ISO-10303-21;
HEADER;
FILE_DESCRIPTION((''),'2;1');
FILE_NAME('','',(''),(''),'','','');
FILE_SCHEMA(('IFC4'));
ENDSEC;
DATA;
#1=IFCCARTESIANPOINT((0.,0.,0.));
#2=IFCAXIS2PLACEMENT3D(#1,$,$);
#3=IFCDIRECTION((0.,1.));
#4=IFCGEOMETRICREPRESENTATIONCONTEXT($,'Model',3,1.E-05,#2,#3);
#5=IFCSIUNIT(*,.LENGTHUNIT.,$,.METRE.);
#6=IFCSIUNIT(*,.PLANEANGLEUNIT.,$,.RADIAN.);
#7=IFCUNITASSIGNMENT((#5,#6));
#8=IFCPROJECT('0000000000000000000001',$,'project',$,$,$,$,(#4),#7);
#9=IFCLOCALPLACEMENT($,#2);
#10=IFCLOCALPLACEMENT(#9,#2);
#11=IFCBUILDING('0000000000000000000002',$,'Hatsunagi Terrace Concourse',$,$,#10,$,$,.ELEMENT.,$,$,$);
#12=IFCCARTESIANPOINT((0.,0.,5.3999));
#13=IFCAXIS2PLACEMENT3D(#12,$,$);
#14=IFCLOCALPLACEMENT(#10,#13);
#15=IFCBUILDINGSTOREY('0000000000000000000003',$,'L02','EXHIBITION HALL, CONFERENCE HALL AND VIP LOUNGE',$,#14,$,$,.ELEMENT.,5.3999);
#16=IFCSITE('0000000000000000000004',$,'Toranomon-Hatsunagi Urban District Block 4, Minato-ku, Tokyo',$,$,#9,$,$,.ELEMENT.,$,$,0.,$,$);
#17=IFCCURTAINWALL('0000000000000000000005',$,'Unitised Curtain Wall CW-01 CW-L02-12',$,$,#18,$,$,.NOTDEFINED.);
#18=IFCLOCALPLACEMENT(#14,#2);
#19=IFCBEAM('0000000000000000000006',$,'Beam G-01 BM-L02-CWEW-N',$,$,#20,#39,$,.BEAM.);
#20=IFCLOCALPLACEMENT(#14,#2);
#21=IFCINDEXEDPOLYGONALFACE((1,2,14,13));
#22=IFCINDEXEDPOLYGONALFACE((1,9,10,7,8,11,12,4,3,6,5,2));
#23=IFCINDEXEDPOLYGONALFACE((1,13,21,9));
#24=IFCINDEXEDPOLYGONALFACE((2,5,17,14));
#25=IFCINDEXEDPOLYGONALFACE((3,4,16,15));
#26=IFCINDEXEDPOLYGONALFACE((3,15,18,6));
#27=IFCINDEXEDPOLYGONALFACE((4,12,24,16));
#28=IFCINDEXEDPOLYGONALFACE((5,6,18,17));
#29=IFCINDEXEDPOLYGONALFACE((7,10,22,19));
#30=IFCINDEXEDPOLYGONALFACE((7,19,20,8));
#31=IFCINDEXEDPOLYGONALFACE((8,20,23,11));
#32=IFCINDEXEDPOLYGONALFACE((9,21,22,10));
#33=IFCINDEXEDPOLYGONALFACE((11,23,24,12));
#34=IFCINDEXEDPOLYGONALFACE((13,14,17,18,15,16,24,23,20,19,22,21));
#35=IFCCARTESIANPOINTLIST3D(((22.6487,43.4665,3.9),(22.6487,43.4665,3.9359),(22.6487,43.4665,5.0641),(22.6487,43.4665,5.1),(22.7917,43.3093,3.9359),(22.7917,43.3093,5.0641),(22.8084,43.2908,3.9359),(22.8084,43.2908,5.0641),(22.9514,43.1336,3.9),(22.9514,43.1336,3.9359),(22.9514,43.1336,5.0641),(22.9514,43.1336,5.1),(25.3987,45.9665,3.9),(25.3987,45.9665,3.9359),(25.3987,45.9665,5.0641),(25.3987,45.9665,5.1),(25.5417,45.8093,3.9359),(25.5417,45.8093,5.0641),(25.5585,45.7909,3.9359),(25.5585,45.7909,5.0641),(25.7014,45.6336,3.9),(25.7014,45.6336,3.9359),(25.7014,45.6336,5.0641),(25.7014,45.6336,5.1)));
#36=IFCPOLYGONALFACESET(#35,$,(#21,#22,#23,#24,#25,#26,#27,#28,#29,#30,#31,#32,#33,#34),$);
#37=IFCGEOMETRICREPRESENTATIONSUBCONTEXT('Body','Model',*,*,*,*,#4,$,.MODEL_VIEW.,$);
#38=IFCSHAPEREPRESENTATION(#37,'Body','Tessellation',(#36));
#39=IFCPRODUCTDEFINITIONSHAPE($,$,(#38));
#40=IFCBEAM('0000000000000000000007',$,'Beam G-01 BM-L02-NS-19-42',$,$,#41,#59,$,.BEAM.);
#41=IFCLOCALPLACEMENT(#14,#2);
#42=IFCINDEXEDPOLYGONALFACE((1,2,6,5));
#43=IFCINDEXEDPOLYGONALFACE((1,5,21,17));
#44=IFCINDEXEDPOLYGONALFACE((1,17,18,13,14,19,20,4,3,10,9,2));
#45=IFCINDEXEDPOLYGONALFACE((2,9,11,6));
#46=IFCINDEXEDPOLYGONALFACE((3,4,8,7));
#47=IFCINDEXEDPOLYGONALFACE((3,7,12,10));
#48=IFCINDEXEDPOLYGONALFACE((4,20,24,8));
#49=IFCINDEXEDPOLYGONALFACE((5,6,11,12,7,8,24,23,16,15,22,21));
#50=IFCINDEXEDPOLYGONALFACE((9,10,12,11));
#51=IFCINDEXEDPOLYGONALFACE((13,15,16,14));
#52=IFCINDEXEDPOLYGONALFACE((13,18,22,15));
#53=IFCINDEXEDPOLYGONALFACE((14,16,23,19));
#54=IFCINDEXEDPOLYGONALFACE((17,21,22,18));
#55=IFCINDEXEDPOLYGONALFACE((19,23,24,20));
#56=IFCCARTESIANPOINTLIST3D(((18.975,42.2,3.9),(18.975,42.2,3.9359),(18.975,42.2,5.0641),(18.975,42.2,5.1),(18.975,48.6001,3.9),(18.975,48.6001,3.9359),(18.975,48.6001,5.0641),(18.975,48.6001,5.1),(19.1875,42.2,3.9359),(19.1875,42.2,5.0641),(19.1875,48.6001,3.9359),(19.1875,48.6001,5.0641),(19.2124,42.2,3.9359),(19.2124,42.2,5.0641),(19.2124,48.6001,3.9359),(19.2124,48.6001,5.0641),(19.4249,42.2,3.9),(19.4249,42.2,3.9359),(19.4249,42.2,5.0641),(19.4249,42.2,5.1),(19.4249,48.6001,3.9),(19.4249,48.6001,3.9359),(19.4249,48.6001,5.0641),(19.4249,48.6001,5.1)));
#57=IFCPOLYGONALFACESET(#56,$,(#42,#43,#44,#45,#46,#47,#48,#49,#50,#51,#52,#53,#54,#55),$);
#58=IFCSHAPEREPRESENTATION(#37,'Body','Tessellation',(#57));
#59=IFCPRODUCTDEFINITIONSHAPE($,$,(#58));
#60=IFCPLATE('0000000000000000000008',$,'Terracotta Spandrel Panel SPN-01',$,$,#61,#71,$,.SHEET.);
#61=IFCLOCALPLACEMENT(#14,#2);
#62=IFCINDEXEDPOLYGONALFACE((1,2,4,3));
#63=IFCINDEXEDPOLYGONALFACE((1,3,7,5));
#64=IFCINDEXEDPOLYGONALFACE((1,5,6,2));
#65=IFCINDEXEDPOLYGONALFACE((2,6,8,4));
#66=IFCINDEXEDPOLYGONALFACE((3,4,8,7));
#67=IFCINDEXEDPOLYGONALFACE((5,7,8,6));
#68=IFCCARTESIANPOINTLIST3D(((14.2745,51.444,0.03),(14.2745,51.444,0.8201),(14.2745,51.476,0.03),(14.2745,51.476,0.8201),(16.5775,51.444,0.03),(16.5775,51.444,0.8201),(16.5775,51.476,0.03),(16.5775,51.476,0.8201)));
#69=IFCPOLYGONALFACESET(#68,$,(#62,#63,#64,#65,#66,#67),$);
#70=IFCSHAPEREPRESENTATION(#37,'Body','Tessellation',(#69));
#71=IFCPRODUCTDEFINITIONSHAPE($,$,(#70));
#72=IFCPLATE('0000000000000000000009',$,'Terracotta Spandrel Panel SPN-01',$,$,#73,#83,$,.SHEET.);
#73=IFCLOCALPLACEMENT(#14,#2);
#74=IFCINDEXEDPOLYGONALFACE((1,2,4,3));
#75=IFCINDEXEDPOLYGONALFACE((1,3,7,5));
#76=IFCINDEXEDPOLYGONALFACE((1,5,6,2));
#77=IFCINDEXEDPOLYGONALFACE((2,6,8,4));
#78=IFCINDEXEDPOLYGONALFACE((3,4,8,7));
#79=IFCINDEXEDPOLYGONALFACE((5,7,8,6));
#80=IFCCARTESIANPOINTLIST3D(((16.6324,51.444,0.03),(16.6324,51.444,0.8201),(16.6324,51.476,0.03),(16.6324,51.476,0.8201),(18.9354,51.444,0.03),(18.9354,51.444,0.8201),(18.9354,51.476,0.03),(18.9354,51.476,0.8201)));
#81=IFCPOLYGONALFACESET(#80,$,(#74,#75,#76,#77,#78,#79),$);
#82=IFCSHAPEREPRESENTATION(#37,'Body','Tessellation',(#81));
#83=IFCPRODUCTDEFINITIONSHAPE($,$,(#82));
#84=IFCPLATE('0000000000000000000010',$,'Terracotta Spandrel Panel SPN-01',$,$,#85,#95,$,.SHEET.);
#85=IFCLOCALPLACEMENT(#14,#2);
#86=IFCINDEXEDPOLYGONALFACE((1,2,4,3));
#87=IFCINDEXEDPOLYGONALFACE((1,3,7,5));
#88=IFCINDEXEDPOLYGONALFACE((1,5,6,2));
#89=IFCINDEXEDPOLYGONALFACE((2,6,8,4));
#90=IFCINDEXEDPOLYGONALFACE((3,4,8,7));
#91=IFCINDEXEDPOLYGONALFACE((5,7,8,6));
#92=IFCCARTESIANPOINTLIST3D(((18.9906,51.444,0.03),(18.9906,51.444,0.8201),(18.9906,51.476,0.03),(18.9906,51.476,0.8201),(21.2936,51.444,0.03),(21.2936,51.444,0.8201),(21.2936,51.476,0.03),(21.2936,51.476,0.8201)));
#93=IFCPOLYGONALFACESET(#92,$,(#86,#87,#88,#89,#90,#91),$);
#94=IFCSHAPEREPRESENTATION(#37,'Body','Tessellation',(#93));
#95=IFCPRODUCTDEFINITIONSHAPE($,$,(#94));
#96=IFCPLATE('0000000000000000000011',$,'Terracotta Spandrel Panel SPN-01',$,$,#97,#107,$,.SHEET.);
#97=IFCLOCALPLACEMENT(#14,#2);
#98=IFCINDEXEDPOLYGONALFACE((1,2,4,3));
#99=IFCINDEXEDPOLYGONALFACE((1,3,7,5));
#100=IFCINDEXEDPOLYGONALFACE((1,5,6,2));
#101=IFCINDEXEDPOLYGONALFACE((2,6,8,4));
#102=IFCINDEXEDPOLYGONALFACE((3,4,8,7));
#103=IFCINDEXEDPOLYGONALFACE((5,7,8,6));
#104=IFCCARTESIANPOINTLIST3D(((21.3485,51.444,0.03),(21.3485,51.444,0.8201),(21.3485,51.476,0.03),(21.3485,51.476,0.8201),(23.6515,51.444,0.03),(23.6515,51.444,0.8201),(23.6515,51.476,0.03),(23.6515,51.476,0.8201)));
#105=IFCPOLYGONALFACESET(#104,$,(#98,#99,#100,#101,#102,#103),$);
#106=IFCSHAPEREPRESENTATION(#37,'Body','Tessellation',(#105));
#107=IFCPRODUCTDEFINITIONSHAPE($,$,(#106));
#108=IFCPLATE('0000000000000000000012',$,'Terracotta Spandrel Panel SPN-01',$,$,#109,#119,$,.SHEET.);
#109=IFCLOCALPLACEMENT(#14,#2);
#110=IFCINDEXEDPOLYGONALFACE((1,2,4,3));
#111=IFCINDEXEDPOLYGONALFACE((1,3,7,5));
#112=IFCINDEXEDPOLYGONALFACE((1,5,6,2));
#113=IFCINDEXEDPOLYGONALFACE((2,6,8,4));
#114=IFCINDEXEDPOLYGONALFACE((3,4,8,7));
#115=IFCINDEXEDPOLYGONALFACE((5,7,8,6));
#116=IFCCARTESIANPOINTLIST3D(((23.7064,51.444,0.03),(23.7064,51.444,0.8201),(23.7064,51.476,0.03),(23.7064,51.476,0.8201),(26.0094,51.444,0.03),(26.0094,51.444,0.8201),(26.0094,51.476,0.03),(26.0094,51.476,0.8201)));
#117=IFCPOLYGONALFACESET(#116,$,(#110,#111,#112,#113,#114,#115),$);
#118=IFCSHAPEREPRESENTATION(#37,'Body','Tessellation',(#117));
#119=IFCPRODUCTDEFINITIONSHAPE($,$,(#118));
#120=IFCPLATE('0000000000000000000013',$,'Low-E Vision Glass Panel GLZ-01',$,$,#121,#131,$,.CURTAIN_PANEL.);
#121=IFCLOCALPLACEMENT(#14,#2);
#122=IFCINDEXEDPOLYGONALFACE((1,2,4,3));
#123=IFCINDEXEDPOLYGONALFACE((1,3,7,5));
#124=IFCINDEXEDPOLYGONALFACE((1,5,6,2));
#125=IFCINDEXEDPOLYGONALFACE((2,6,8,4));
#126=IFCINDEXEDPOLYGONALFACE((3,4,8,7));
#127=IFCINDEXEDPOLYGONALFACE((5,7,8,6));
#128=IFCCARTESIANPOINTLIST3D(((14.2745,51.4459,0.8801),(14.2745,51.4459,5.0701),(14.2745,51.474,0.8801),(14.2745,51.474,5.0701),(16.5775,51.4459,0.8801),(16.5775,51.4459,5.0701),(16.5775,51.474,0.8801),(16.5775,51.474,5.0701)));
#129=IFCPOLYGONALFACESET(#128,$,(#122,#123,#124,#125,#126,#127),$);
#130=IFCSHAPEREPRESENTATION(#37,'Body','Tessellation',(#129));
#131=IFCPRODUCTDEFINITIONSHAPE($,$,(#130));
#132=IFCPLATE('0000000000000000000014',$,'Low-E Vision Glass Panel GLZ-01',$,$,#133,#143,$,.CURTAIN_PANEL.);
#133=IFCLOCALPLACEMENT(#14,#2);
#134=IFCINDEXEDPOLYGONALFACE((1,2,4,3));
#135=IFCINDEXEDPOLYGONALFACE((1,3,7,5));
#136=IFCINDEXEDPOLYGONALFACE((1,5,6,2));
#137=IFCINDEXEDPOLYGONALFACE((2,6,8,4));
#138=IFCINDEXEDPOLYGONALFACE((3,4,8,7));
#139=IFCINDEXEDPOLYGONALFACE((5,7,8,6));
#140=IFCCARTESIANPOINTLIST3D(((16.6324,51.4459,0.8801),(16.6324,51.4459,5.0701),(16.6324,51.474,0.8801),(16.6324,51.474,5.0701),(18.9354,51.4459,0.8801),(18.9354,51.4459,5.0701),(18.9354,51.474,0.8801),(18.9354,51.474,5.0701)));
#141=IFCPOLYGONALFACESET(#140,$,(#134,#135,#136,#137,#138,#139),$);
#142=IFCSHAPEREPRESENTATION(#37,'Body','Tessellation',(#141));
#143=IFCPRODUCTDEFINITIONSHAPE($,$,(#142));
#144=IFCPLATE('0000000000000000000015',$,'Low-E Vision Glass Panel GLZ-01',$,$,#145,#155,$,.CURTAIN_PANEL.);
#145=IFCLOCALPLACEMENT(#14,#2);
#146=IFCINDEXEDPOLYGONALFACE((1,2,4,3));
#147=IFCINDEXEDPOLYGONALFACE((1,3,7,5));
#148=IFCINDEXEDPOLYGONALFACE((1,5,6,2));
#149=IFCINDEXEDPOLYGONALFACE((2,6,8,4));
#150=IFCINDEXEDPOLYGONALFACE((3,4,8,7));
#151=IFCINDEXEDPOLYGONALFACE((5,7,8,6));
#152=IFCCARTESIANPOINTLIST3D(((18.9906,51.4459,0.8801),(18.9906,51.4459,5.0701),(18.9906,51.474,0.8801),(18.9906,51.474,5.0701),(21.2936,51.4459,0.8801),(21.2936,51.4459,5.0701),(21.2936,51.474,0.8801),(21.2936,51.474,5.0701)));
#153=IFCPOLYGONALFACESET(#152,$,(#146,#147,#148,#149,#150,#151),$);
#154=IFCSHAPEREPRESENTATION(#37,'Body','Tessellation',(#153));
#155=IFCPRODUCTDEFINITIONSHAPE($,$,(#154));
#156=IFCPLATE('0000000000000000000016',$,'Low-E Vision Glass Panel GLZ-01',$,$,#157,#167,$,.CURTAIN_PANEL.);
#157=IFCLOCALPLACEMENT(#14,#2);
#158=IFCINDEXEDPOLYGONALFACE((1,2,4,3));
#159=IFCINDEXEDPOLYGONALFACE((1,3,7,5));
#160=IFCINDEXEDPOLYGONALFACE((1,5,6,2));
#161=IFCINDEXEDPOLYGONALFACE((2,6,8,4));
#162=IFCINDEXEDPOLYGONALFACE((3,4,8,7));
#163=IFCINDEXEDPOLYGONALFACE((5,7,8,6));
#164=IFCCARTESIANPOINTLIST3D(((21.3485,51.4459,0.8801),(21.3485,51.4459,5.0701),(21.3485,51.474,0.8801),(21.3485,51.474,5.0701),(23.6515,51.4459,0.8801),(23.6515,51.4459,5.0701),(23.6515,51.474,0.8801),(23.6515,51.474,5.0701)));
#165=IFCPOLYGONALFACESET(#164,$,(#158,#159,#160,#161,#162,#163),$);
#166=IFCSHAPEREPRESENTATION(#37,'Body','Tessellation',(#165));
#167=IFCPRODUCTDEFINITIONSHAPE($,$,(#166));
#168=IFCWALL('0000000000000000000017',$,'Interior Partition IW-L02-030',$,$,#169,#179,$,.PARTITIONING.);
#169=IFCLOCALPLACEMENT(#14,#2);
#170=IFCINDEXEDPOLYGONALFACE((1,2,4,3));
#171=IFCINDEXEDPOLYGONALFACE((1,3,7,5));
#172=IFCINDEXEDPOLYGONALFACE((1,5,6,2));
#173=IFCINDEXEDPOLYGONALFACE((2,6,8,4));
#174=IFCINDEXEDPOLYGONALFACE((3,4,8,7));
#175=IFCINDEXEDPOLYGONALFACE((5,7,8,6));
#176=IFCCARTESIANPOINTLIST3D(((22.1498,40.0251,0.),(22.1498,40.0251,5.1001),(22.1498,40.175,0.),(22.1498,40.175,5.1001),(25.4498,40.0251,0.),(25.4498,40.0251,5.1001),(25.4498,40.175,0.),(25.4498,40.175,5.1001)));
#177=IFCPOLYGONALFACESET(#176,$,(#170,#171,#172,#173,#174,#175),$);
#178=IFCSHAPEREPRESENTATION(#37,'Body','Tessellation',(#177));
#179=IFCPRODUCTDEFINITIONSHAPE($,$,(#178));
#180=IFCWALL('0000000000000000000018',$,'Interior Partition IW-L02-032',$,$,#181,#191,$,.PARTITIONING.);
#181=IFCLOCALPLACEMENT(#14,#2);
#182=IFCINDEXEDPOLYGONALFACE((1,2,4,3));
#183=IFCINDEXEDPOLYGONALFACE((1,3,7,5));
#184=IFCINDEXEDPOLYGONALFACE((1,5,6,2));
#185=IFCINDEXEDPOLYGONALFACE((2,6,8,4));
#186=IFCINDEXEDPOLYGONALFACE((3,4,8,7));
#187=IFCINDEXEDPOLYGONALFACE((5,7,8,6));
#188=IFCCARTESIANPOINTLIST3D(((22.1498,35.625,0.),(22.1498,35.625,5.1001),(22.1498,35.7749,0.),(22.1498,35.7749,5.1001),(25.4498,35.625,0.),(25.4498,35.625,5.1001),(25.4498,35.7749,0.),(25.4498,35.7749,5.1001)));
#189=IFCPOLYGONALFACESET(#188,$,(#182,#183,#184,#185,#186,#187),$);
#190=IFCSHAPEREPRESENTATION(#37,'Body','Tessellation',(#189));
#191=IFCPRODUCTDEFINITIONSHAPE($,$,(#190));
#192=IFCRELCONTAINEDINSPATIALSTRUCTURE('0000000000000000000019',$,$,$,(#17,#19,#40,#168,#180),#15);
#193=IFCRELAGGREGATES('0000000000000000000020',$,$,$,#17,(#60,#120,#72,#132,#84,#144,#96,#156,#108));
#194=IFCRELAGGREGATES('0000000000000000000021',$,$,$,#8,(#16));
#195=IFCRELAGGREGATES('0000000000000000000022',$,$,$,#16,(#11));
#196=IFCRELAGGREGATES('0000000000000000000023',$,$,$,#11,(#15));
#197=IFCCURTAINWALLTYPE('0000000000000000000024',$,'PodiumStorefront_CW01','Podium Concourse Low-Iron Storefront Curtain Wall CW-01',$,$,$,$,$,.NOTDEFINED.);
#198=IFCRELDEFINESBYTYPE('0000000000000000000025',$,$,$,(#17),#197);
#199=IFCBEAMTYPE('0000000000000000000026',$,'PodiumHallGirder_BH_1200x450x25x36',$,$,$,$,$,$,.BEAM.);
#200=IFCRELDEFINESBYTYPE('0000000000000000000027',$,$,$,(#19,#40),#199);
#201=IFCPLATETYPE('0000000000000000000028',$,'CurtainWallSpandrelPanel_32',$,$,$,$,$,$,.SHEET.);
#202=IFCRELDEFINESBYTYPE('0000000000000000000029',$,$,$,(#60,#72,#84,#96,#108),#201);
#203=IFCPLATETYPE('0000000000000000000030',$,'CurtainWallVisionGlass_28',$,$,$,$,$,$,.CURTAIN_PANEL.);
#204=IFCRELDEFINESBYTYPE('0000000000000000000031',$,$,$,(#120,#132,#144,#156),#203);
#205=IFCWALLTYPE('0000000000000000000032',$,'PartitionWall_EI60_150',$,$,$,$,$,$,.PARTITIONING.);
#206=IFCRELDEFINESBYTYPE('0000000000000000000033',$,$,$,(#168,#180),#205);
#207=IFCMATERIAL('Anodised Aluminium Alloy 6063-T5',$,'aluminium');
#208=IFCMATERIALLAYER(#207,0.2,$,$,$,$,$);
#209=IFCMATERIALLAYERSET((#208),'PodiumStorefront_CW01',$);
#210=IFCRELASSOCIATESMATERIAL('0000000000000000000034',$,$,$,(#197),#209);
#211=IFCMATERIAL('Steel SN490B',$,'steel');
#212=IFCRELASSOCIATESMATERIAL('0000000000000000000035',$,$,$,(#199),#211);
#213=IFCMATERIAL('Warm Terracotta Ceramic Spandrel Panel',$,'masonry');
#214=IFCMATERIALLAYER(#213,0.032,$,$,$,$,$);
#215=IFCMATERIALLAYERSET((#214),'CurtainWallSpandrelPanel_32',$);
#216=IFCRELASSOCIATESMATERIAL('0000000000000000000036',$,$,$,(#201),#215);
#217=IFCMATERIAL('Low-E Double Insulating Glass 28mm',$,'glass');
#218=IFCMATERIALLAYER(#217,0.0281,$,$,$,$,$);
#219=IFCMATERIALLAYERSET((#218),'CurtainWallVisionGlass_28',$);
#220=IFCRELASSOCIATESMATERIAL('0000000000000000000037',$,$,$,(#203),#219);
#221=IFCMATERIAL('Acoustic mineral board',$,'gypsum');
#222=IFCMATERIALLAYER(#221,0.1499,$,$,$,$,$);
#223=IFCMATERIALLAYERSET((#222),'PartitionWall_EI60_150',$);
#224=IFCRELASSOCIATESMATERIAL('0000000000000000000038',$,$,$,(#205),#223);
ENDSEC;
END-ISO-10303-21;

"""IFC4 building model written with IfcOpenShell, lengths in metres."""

from ifc_helpers import new_model, si_unit, direction, frame, frame_2d, origin, origin_2d, place, context, subcontext, project, spatial, rectangle, i_section, extrude, material, layer, layer_set, material_profile, profile_set, type_object, element, aggregate, save


model = new_model("IFC4")

# Units and contexts
model_context = context("Model", 3, precision=1e-05, world=origin(), true_north=direction((0.0, 1.0)))
body_context = subcontext(model_context, "Body", "Model", "MODEL_VIEW")
ifc_project = project(units=[si_unit("LENGTHUNIT", "METRE"), si_unit("PLANEANGLEUNIT", "RADIAN")], contexts=[model_context])

# Site, building, storey
site_placement = place(None, origin())
site = spatial("IfcSite", under=ifc_project, at=site_placement, Name="Toranomon-Hatsunagi Urban District Block 4, Minato-ku, Tokyo", CompositionType="ELEMENT", RefElevation=0.0)
building_placement = place(site_placement, origin())
building = spatial("IfcBuilding", under=site, at=building_placement, Name="Hatsunagi Terrace Concourse", CompositionType="ELEMENT")
storey_placement = place(building_placement, frame((0.0, 0.0, 5.3999)))
storey = spatial("IfcBuildingStorey", under=building, at=storey_placement, Name="L02", Description="EXHIBITION HALL, CONFERENCE HALL AND VIP LOUNGE", CompositionType="ELEMENT", Elevation=5.3999)

# Curtain wall
ifc_material_1 = material(Name="Anodised Aluminium Alloy 6063-T5", Category="aluminium")
ifc_layer_1 = layer(ifc_material_1, 0.2)
ifc_layer_set_1 = layer_set([ifc_layer_1], Name="PodiumStorefront_CW01")
curtain_wall_type = type_object("IfcCurtainWallType", Name="PodiumStorefront_CW01", Description="Podium Concourse Low-Iron Storefront Curtain Wall CW-01", PredefinedType="NOTDEFINED", material=ifc_layer_set_1)
curtain_wall_placement = place(storey_placement, origin())
curtain_wall = element("IfcCurtainWall", 1, at=curtain_wall_placement, inside=storey, type_object=curtain_wall_type, Name="Unitised Curtain Wall CW-01 CW-L02-12", PredefinedType="NOTDEFINED")

# Beams
ifc_material_2 = material(Name="Steel SN490B", Category="steel")
ifc_material_profile_1 = material_profile(ifc_material_2, i_section(OverallWidth=0.45, OverallDepth=1.2, WebThickness=0.0249, FlangeThickness=0.0359, at=origin_2d()), Name="BH-1200x450x25x36")
ifc_profile_set_1 = profile_set([ifc_material_profile_1], Name="Steel SN490B")
beam_type_1 = type_object("IfcBeamType", Name="PodiumHallGirder_BH_1200x450x25x36", PredefinedType="BEAM", material=ifc_profile_set_1)
beam_1_placement = place(storey_placement, frame((22.8, 43.3, 4.5), z_axis=(0.73994, 0.672673, 0.0), x_axis=(-0.672673, 0.73994, 0.0)))
element("IfcBeam", 2, at=beam_1_placement, inside=storey, type_object=beam_type_1, Name="Beam G-01 BM-L02-CWEW-N", PredefinedType="BEAM", context=body_context, shape_type="SweptSolid", body=[
    extrude(i_section(OverallWidth=0.45, OverallDepth=1.2, WebThickness=0.0249, FlangeThickness=0.0359, at=origin_2d()), origin(), (0.0, 0.0, 1.0), 3.7166),
])
beam_2_placement = place(storey_placement, frame((19.2, 42.2, 4.5), z_axis=(0.0, 1.0, 0.0), x_axis=(-1.0, 0.0, 0.0)))
element("IfcBeam", 3, at=beam_2_placement, inside=storey, type_object=beam_type_1, Name="Beam G-01 BM-L02-NS-19-42", PredefinedType="BEAM", context=body_context, shape_type="SweptSolid", body=[
    extrude(i_section(OverallWidth=0.45, OverallDepth=1.2, WebThickness=0.0249, FlangeThickness=0.0359, at=origin_2d()), origin(), (0.0, 0.0, 1.0), 6.4001),
])

# Plates
ifc_material_3 = material(Name="Warm Terracotta Ceramic Spandrel Panel", Category="masonry")
ifc_layer_2 = layer(ifc_material_3, 0.032)
ifc_layer_set_2 = layer_set([ifc_layer_2], Name="CurtainWallSpandrelPanel_32")
plate_type_1 = type_object("IfcPlateType", Name="CurtainWallSpandrelPanel_32", PredefinedType="SHEET", material=ifc_layer_set_2)
plate_1_placement = place(storey_placement, frame((15.426, 51.46, 0.03), z_axis=(0.0, 0.0, 1.0), x_axis=(1.0, 0.0, 0.0)))
plate_1 = element("IfcPlate", 4, at=plate_1_placement, type_object=plate_type_1, Name="Terracotta Spandrel Panel SPN-01", PredefinedType="SHEET", context=body_context, shape_type="SweptSolid", body=[
    extrude(rectangle(XDim=2.303, YDim=0.032, at=origin_2d()), origin(), (0.0, 0.0, 1.0), 0.79),
])
plate_2_placement = place(storey_placement, frame((17.7839, 51.46, 0.03), z_axis=(0.0, 0.0, 1.0), x_axis=(1.0, 0.0, 0.0)))
plate_2 = element("IfcPlate", 5, at=plate_2_placement, type_object=plate_type_1, Name="Terracotta Spandrel Panel SPN-01", PredefinedType="SHEET", context=body_context, shape_type="SweptSolid", body=[
    extrude(rectangle(XDim=2.303, YDim=0.032, at=origin_2d()), origin(), (0.0, 0.0, 1.0), 0.79),
])
plate_3_placement = place(storey_placement, frame((20.1421, 51.46, 0.03), z_axis=(0.0, 0.0, 1.0), x_axis=(1.0, 0.0, 0.0)))
plate_3 = element("IfcPlate", 6, at=plate_3_placement, type_object=plate_type_1, Name="Terracotta Spandrel Panel SPN-01", PredefinedType="SHEET", context=body_context, shape_type="SweptSolid", body=[
    extrude(rectangle(XDim=2.303, YDim=0.032, at=origin_2d()), origin(), (0.0, 0.0, 1.0), 0.79),
])
plate_4_placement = place(storey_placement, frame((22.5, 51.46, 0.03), z_axis=(0.0, 0.0, 1.0), x_axis=(1.0, 0.0, 0.0)))
plate_4 = element("IfcPlate", 7, at=plate_4_placement, type_object=plate_type_1, Name="Terracotta Spandrel Panel SPN-01", PredefinedType="SHEET", context=body_context, shape_type="SweptSolid", body=[
    extrude(rectangle(XDim=2.303, YDim=0.032, at=origin_2d()), origin(), (0.0, 0.0, 1.0), 0.79),
])
plate_5_placement = place(storey_placement, frame((24.8579, 51.46, 0.03), z_axis=(0.0, 0.0, 1.0), x_axis=(1.0, 0.0, 0.0)))
plate_5 = element("IfcPlate", 8, at=plate_5_placement, type_object=plate_type_1, Name="Terracotta Spandrel Panel SPN-01", PredefinedType="SHEET", context=body_context, shape_type="SweptSolid", body=[
    extrude(rectangle(XDim=2.303, YDim=0.032, at=origin_2d()), origin(), (0.0, 0.0, 1.0), 0.79),
])
ifc_material_4 = material(Name="Low-E Double Insulating Glass 28mm", Category="glass")
ifc_layer_3 = layer(ifc_material_4, 0.0281)
ifc_layer_set_3 = layer_set([ifc_layer_3], Name="CurtainWallVisionGlass_28")
plate_type_2 = type_object("IfcPlateType", Name="CurtainWallVisionGlass_28", PredefinedType="CURTAIN_PANEL", material=ifc_layer_set_3)
plate_6_placement = place(storey_placement, frame((15.426, 51.46, 0.8801), z_axis=(0.0, 0.0, 1.0), x_axis=(1.0, 0.0, 0.0)))
plate_6 = element("IfcPlate", 9, at=plate_6_placement, type_object=plate_type_2, Name="Low-E Vision Glass Panel GLZ-01", PredefinedType="CURTAIN_PANEL", context=body_context, shape_type="SweptSolid", body=[
    extrude(rectangle(XDim=2.303, YDim=0.0281, at=origin_2d()), origin(), (0.0, 0.0, 1.0), 4.1899),
])
plate_7_placement = place(storey_placement, frame((17.7839, 51.46, 0.8801), z_axis=(0.0, 0.0, 1.0), x_axis=(1.0, 0.0, 0.0)))
plate_7 = element("IfcPlate", 10, at=plate_7_placement, type_object=plate_type_2, Name="Low-E Vision Glass Panel GLZ-01", PredefinedType="CURTAIN_PANEL", context=body_context, shape_type="SweptSolid", body=[
    extrude(rectangle(XDim=2.303, YDim=0.0281, at=origin_2d()), origin(), (0.0, 0.0, 1.0), 4.1899),
])
plate_8_placement = place(storey_placement, frame((20.1421, 51.46, 0.8801), z_axis=(0.0, 0.0, 1.0), x_axis=(1.0, 0.0, 0.0)))
plate_8 = element("IfcPlate", 11, at=plate_8_placement, type_object=plate_type_2, Name="Low-E Vision Glass Panel GLZ-01", PredefinedType="CURTAIN_PANEL", context=body_context, shape_type="SweptSolid", body=[
    extrude(rectangle(XDim=2.303, YDim=0.0281, at=origin_2d()), origin(), (0.0, 0.0, 1.0), 4.1899),
])
plate_9_placement = place(storey_placement, frame((22.5, 51.46, 0.8801), z_axis=(0.0, 0.0, 1.0), x_axis=(1.0, 0.0, 0.0)))
plate_9 = element("IfcPlate", 12, at=plate_9_placement, type_object=plate_type_2, Name="Low-E Vision Glass Panel GLZ-01", PredefinedType="CURTAIN_PANEL", context=body_context, shape_type="SweptSolid", body=[
    extrude(rectangle(XDim=2.303, YDim=0.0281, at=origin_2d()), origin(), (0.0, 0.0, 1.0), 4.1899),
])
aggregate(curtain_wall, [plate_1, plate_6, plate_2, plate_7, plate_3, plate_8, plate_4, plate_9, plate_5])

# Walls
ifc_material_5 = material(Name="Acoustic mineral board", Category="gypsum")
ifc_layer_4 = layer(ifc_material_5, 0.1499)
ifc_layer_set_4 = layer_set([ifc_layer_4], Name="PartitionWall_EI60_150")
wall_type = type_object("IfcWallType", Name="PartitionWall_EI60_150", PredefinedType="PARTITIONING", material=ifc_layer_set_4)
for number, where, z_axis, x_axis, name in (
    (13, (22.1499, 40.1001, 0.0), (0.0, 0.0, 1.0), (1.0, 0.0, 0.0), "Interior Partition IW-L02-030"),
    (14, (22.1499, 35.7, 0.0), (0.0, 0.0, 1.0), (1.0, 0.0, 0.0), "Interior Partition IW-L02-032"),
):
    element("IfcWall", number, at=place(storey_placement, frame(where, z_axis=z_axis, x_axis=x_axis)), inside=storey, type_object=wall_type, Name=name, PredefinedType="PARTITIONING", context=body_context, shape_type="SweptSolid", body=[
        extrude(rectangle(XDim=3.3, YDim=0.1499, at=frame_2d((1.6499, 0.0))), origin(), (0.0, 0.0, 1.0), 5.1001),
    ])

save(model, "model.ifc")
